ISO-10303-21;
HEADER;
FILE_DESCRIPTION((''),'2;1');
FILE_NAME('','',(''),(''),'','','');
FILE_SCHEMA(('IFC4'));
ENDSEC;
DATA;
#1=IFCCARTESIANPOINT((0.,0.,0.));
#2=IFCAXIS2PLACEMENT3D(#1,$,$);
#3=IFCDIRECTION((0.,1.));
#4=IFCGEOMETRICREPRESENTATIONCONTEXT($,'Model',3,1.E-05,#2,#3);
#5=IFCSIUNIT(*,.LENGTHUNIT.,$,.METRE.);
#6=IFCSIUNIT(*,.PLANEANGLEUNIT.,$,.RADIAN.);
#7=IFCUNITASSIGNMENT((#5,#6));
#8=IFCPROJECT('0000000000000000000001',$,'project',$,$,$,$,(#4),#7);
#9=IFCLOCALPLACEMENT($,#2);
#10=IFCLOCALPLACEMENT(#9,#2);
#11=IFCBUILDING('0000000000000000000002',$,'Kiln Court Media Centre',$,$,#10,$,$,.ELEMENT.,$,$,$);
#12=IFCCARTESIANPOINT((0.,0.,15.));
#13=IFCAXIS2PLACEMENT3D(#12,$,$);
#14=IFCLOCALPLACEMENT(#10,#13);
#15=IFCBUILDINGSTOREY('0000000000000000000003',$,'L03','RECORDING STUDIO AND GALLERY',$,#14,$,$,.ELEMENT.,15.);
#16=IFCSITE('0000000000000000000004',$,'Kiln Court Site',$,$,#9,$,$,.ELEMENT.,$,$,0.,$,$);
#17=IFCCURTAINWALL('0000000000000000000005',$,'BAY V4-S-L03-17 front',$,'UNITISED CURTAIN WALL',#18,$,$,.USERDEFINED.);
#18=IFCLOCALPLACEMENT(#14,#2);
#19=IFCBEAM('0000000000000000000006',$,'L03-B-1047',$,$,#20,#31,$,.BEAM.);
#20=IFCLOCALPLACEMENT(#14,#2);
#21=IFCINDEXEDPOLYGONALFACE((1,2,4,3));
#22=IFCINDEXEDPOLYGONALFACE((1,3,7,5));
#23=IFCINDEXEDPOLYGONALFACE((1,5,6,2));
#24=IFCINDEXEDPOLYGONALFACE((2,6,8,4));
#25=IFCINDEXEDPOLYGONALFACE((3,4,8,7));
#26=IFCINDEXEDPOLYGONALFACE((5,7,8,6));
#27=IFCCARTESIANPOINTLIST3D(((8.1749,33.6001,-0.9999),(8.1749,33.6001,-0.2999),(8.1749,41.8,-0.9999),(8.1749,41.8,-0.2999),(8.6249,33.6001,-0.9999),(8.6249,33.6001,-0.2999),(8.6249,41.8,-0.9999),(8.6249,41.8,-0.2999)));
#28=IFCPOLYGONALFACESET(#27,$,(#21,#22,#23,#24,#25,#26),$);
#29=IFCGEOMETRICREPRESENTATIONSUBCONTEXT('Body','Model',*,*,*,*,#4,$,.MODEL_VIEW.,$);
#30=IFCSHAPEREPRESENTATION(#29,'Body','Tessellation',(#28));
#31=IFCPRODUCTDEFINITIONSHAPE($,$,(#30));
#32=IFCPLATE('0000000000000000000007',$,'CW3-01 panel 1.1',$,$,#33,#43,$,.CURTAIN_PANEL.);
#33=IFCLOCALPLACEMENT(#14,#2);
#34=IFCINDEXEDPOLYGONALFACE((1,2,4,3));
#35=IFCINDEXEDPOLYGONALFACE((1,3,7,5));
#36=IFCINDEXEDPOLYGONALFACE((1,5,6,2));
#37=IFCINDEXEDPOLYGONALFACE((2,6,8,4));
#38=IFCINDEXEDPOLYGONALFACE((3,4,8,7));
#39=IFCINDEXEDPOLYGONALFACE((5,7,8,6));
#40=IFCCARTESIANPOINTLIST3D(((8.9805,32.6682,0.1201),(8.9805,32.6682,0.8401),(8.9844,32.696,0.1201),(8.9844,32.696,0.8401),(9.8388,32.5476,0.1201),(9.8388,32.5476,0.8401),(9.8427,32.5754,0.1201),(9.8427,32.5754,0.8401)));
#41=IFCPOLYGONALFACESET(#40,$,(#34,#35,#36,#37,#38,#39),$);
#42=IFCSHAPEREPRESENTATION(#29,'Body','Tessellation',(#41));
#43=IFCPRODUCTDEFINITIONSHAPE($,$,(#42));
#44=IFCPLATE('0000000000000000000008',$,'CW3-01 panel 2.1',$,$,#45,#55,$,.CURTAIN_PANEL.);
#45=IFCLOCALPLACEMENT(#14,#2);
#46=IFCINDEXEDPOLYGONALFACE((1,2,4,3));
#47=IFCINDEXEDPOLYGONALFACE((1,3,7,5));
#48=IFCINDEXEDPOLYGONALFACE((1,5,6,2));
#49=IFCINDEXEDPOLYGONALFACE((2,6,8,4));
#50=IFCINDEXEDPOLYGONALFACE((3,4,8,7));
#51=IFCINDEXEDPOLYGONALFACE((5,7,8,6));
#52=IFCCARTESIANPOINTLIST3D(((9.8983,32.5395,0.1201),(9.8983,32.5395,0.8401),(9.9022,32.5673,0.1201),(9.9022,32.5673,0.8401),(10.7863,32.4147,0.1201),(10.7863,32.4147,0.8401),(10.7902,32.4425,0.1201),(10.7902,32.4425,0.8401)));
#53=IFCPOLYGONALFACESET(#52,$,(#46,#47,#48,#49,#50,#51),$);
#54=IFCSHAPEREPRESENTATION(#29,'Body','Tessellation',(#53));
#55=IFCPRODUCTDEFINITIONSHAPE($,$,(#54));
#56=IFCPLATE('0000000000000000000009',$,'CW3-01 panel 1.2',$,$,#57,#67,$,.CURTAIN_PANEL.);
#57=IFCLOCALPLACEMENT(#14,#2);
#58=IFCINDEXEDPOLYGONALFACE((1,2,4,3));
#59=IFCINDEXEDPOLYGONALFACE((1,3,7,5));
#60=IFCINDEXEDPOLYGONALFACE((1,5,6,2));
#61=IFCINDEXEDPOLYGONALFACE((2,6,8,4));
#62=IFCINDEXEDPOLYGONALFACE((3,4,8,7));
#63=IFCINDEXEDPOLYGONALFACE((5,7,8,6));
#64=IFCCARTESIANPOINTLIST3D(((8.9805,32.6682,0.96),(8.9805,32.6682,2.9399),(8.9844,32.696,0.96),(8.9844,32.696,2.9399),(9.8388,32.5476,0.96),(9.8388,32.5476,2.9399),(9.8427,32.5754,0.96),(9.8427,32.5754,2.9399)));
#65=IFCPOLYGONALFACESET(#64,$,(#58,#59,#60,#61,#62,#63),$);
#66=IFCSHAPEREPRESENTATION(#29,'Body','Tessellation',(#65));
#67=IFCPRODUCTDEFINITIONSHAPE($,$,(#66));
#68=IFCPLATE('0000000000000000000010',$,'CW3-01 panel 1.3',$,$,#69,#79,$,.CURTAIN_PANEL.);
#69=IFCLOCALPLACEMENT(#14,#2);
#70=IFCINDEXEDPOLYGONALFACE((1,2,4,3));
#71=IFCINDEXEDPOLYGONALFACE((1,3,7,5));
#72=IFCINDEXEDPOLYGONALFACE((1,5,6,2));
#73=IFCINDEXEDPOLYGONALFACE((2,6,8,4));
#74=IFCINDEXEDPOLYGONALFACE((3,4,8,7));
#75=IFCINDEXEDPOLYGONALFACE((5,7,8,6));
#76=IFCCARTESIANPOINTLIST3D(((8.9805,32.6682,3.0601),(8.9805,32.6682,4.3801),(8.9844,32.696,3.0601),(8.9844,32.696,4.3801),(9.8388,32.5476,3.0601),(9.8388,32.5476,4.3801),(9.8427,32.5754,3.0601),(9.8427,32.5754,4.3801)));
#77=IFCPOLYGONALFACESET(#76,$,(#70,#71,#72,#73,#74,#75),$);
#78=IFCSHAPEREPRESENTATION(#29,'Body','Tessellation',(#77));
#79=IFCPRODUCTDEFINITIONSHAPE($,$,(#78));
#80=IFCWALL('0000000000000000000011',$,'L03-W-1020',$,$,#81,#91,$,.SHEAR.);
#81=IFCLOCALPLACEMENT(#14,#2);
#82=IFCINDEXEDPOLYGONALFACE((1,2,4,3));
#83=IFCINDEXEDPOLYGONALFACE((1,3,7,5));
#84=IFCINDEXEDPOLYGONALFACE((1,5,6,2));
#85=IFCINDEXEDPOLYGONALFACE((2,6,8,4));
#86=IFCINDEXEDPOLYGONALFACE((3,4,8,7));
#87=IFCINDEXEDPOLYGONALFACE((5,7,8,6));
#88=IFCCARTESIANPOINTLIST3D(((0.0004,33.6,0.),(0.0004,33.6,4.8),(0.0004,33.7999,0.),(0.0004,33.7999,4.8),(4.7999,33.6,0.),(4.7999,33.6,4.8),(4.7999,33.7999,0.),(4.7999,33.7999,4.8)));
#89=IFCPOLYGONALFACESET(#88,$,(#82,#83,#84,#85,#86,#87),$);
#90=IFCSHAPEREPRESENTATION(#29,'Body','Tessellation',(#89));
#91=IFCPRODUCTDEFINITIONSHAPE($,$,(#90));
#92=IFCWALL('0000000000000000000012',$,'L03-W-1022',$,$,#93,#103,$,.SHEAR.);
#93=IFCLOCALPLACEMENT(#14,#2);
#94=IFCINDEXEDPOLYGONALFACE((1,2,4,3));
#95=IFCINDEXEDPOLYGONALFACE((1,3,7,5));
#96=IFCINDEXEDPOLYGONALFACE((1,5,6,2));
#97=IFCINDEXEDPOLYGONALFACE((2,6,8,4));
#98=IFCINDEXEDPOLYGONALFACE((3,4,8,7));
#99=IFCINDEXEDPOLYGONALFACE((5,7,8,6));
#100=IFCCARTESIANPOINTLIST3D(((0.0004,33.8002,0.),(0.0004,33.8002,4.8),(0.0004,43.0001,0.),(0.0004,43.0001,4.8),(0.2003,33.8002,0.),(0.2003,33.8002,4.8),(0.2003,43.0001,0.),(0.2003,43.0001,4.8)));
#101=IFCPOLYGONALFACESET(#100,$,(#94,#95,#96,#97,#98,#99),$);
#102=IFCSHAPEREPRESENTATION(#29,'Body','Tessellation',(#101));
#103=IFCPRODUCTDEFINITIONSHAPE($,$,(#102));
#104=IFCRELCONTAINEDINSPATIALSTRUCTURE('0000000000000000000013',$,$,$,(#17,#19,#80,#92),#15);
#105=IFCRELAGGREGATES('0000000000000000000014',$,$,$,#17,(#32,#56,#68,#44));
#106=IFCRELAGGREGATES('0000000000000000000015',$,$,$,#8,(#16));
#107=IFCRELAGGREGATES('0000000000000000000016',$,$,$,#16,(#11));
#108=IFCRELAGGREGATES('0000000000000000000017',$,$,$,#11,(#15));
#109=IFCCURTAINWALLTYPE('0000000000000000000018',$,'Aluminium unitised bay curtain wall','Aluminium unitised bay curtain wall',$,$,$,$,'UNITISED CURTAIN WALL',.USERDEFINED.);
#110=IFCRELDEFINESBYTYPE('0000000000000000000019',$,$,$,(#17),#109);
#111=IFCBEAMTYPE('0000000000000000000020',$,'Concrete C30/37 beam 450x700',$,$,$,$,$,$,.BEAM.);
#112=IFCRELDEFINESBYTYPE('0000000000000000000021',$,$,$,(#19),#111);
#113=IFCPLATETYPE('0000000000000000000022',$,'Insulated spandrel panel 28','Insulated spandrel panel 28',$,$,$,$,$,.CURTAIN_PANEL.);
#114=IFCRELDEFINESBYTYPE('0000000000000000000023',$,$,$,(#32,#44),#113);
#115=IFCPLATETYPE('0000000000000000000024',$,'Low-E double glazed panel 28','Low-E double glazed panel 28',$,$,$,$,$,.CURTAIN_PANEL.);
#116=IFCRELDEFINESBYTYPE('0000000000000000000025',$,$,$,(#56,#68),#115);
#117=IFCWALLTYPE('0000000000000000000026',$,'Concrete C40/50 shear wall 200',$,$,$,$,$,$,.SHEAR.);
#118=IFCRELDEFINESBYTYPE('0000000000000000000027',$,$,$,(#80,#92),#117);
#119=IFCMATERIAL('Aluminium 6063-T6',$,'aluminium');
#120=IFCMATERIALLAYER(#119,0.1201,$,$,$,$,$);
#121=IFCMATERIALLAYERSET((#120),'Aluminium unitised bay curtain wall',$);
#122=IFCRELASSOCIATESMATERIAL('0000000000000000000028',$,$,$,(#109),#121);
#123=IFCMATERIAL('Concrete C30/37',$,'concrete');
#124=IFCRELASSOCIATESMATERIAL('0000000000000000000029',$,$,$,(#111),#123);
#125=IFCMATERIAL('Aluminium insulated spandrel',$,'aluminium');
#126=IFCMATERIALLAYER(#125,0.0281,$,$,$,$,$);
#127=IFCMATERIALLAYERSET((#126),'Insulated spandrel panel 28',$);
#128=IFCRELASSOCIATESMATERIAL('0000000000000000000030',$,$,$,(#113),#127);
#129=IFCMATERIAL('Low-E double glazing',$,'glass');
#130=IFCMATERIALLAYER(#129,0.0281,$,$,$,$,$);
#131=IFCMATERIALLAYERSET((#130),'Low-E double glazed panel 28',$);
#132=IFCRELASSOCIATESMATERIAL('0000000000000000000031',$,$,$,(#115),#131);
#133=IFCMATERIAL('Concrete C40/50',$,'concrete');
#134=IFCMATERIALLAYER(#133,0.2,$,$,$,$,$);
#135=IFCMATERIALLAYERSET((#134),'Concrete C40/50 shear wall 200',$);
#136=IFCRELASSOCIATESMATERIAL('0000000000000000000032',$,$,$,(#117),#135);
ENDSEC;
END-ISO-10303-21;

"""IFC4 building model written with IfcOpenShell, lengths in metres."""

from ifc_helpers import new_model, si_unit, direction, frame, frame_2d, origin, origin_2d, place, context, subcontext, project, spatial, rectangle, extrude, material, layer, layer_set, material_profile, profile_set, type_object, element, aggregate, save


model = new_model("IFC4")

# Units and contexts
model_context = context("Model", 3, precision=1e-05, world=origin(), true_north=direction((0.0, 1.0)))
body_context = subcontext(model_context, "Body", "Model", "MODEL_VIEW")
ifc_project = project(units=[si_unit("LENGTHUNIT", "METRE"), si_unit("PLANEANGLEUNIT", "RADIAN")], contexts=[model_context])

# Site, building, storey
site_placement = place(None, origin())
site = spatial("IfcSite", under=ifc_project, at=site_placement, Name="Kiln Court Site", CompositionType="ELEMENT", RefElevation=0.0)
building_placement = place(site_placement, origin())
building = spatial("IfcBuilding", under=site, at=building_placement, Name="Kiln Court Media Centre", CompositionType="ELEMENT")
storey_placement = place(building_placement, frame((0.0, 0.0, 15.0)))
storey = spatial("IfcBuildingStorey", under=building, at=storey_placement, Name="L03", Description="RECORDING STUDIO AND GALLERY", CompositionType="ELEMENT", Elevation=15.0)

# Curtain wall
ifc_material_1 = material(Name="Aluminium 6063-T6", Category="aluminium")
ifc_layer_1 = layer(ifc_material_1, 0.1201)
ifc_layer_set_1 = layer_set([ifc_layer_1], Name="Aluminium unitised bay curtain wall")
curtain_wall_type = type_object("IfcCurtainWallType", Name="Aluminium unitised bay curtain wall", Description="Aluminium unitised bay curtain wall", ElementType="UNITISED CURTAIN WALL", PredefinedType="USERDEFINED", material=ifc_layer_set_1)
curtain_wall_placement = place(storey_placement, origin())
curtain_wall = element("IfcCurtainWall", 1, at=curtain_wall_placement, inside=storey, type_object=curtain_wall_type, Name="BAY V4-S-L03-17 front", ObjectType="UNITISED CURTAIN WALL", PredefinedType="USERDEFINED")

# Beam
ifc_material_2 = material(Name="Concrete C30/37", Category="concrete")
ifc_material_profile_1 = material_profile(ifc_material_2, rectangle(XDim=0.45, YDim=0.7, at=origin_2d()), Name="RC 450x700")
ifc_profile_set_1 = profile_set([ifc_material_profile_1], Name="Concrete C30/37")
beam_type_1 = type_object("IfcBeamType", Name="Concrete C30/37 beam 450x700", PredefinedType="BEAM", material=ifc_profile_set_1)
beam_1_placement = place(storey_placement, frame((8.3999, 33.6001, -0.6499), z_axis=(0.0, 1.0, 0.0), x_axis=(-1.0, 0.0, 0.0)))
element("IfcBeam", 2, at=beam_1_placement, inside=storey, type_object=beam_type_1, Name="L03-B-1047", PredefinedType="BEAM", context=body_context, shape_type="SweptSolid", body=[
    extrude(rectangle(XDim=0.45, YDim=0.7, at=origin_2d()), origin(), (0.0, 0.0, 1.0), 8.2),
])

# Plates
ifc_material_3 = material(Name="Aluminium insulated spandrel", Category="aluminium")
ifc_layer_2 = layer(ifc_material_3, 0.0281)
ifc_layer_set_2 = layer_set([ifc_layer_2], Name="Insulated spandrel panel 28")
plate_type_1 = type_object("IfcPlateType", Name="Insulated spandrel panel 28", Description="Insulated spandrel panel 28", PredefinedType="CURTAIN_PANEL", material=ifc_layer_set_2)
plate_1_placement = place(storey_placement, frame((9.4116, 32.6218, 0.1201), z_axis=(0.0, 0.0, 1.0), x_axis=(0.99027, -0.139162, 0.0)))
plate_1 = element("IfcPlate", 3, at=plate_1_placement, type_object=plate_type_1, Name="CW3-01 panel 1.1", PredefinedType="CURTAIN_PANEL", context=body_context, shape_type="SweptSolid", body=[
    extrude(rectangle(XDim=0.8667, YDim=0.0281, at=origin_2d()), origin(), (0.0, 0.0, 1.0), 0.72),
])
plate_2_placement = place(storey_placement, frame((10.3442, 32.491, 0.1201), z_axis=(0.0, 0.0, 1.0), x_axis=(0.99027, -0.139162, 0.0)))
plate_2 = element("IfcPlate", 4, at=plate_2_placement, type_object=plate_type_1, Name="CW3-01 panel 2.1", PredefinedType="CURTAIN_PANEL", context=body_context, shape_type="SweptSolid", body=[
    extrude(rectangle(XDim=0.8967, YDim=0.0281, at=origin_2d()), origin(), (0.0, 0.0, 1.0), 0.72),
])
ifc_material_4 = material(Name="Low-E double glazing", Category="glass")
ifc_layer_3 = layer(ifc_material_4, 0.0281)
ifc_layer_set_3 = layer_set([ifc_layer_3], Name="Low-E double glazed panel 28")
plate_type_2 = type_object("IfcPlateType", Name="Low-E double glazed panel 28", Description="Low-E double glazed panel 28", PredefinedType="CURTAIN_PANEL", material=ifc_layer_set_3)
plate_3_placement = place(storey_placement, frame((9.4116, 32.6218, 0.96), z_axis=(0.0, 0.0, 1.0), x_axis=(0.99027, -0.139162, 0.0)))
plate_3 = element("IfcPlate", 5, at=plate_3_placement, type_object=plate_type_2, Name="CW3-01 panel 1.2", PredefinedType="CURTAIN_PANEL", context=body_context, shape_type="SweptSolid", body=[
    extrude(rectangle(XDim=0.8667, YDim=0.0281, at=origin_2d()), origin(), (0.0, 0.0, 1.0), 1.98),
])
plate_4_placement = place(storey_placement, frame((9.4116, 32.6218, 3.0601), z_axis=(0.0, 0.0, 1.0), x_axis=(0.99027, -0.139162, 0.0)))
plate_4 = element("IfcPlate", 6, at=plate_4_placement, type_object=plate_type_2, Name="CW3-01 panel 1.3", PredefinedType="CURTAIN_PANEL", context=body_context, shape_type="SweptSolid", body=[
    extrude(rectangle(XDim=0.8667, YDim=0.0281, at=origin_2d()), origin(), (0.0, 0.0, 1.0), 1.3201),
])
aggregate(curtain_wall, [plate_1, plate_3, plate_4, plate_2])

# Walls
ifc_material_5 = material(Name="Concrete C40/50", Category="concrete")
ifc_layer_4 = layer(ifc_material_5, 0.2)
ifc_layer_set_4 = layer_set([ifc_layer_4], Name="Concrete C40/50 shear wall 200")
wall_type = type_object("IfcWallType", Name="Concrete C40/50 shear wall 200", PredefinedType="SHEAR", material=ifc_layer_set_4)
wall_1_placement = place(storey_placement, frame((4.8, 33.7, 0.0), z_axis=(0.0, 0.0, 1.0), x_axis=(-1.0, 0.0, 0.0)))
element("IfcWall", 7, at=wall_1_placement, inside=storey, type_object=wall_type, Name="L03-W-1020", PredefinedType="SHEAR", context=body_context, shape_type="SweptSolid", body=[
    extrude(rectangle(XDim=4.7996, YDim=0.2, at=frame_2d((2.3999, 0.0))), origin(), (0.0, 0.0, 1.0), 4.8),
])
wall_2_placement = place(storey_placement, frame((0.1003, 33.8, 0.0), z_axis=(0.0, 0.0, 1.0), x_axis=(0.0, 1.0, 0.0)))
element("IfcWall", 8, at=wall_2_placement, inside=storey, type_object=wall_type, Name="L03-W-1022", PredefinedType="SHEAR", context=body_context, shape_type="SweptSolid", body=[
    extrude(rectangle(XDim=9.2, YDim=0.2, at=frame_2d((4.6001, 0.0))), origin(), (0.0, 0.0, 1.0), 4.8),
])

save(model, "model.ifc")
